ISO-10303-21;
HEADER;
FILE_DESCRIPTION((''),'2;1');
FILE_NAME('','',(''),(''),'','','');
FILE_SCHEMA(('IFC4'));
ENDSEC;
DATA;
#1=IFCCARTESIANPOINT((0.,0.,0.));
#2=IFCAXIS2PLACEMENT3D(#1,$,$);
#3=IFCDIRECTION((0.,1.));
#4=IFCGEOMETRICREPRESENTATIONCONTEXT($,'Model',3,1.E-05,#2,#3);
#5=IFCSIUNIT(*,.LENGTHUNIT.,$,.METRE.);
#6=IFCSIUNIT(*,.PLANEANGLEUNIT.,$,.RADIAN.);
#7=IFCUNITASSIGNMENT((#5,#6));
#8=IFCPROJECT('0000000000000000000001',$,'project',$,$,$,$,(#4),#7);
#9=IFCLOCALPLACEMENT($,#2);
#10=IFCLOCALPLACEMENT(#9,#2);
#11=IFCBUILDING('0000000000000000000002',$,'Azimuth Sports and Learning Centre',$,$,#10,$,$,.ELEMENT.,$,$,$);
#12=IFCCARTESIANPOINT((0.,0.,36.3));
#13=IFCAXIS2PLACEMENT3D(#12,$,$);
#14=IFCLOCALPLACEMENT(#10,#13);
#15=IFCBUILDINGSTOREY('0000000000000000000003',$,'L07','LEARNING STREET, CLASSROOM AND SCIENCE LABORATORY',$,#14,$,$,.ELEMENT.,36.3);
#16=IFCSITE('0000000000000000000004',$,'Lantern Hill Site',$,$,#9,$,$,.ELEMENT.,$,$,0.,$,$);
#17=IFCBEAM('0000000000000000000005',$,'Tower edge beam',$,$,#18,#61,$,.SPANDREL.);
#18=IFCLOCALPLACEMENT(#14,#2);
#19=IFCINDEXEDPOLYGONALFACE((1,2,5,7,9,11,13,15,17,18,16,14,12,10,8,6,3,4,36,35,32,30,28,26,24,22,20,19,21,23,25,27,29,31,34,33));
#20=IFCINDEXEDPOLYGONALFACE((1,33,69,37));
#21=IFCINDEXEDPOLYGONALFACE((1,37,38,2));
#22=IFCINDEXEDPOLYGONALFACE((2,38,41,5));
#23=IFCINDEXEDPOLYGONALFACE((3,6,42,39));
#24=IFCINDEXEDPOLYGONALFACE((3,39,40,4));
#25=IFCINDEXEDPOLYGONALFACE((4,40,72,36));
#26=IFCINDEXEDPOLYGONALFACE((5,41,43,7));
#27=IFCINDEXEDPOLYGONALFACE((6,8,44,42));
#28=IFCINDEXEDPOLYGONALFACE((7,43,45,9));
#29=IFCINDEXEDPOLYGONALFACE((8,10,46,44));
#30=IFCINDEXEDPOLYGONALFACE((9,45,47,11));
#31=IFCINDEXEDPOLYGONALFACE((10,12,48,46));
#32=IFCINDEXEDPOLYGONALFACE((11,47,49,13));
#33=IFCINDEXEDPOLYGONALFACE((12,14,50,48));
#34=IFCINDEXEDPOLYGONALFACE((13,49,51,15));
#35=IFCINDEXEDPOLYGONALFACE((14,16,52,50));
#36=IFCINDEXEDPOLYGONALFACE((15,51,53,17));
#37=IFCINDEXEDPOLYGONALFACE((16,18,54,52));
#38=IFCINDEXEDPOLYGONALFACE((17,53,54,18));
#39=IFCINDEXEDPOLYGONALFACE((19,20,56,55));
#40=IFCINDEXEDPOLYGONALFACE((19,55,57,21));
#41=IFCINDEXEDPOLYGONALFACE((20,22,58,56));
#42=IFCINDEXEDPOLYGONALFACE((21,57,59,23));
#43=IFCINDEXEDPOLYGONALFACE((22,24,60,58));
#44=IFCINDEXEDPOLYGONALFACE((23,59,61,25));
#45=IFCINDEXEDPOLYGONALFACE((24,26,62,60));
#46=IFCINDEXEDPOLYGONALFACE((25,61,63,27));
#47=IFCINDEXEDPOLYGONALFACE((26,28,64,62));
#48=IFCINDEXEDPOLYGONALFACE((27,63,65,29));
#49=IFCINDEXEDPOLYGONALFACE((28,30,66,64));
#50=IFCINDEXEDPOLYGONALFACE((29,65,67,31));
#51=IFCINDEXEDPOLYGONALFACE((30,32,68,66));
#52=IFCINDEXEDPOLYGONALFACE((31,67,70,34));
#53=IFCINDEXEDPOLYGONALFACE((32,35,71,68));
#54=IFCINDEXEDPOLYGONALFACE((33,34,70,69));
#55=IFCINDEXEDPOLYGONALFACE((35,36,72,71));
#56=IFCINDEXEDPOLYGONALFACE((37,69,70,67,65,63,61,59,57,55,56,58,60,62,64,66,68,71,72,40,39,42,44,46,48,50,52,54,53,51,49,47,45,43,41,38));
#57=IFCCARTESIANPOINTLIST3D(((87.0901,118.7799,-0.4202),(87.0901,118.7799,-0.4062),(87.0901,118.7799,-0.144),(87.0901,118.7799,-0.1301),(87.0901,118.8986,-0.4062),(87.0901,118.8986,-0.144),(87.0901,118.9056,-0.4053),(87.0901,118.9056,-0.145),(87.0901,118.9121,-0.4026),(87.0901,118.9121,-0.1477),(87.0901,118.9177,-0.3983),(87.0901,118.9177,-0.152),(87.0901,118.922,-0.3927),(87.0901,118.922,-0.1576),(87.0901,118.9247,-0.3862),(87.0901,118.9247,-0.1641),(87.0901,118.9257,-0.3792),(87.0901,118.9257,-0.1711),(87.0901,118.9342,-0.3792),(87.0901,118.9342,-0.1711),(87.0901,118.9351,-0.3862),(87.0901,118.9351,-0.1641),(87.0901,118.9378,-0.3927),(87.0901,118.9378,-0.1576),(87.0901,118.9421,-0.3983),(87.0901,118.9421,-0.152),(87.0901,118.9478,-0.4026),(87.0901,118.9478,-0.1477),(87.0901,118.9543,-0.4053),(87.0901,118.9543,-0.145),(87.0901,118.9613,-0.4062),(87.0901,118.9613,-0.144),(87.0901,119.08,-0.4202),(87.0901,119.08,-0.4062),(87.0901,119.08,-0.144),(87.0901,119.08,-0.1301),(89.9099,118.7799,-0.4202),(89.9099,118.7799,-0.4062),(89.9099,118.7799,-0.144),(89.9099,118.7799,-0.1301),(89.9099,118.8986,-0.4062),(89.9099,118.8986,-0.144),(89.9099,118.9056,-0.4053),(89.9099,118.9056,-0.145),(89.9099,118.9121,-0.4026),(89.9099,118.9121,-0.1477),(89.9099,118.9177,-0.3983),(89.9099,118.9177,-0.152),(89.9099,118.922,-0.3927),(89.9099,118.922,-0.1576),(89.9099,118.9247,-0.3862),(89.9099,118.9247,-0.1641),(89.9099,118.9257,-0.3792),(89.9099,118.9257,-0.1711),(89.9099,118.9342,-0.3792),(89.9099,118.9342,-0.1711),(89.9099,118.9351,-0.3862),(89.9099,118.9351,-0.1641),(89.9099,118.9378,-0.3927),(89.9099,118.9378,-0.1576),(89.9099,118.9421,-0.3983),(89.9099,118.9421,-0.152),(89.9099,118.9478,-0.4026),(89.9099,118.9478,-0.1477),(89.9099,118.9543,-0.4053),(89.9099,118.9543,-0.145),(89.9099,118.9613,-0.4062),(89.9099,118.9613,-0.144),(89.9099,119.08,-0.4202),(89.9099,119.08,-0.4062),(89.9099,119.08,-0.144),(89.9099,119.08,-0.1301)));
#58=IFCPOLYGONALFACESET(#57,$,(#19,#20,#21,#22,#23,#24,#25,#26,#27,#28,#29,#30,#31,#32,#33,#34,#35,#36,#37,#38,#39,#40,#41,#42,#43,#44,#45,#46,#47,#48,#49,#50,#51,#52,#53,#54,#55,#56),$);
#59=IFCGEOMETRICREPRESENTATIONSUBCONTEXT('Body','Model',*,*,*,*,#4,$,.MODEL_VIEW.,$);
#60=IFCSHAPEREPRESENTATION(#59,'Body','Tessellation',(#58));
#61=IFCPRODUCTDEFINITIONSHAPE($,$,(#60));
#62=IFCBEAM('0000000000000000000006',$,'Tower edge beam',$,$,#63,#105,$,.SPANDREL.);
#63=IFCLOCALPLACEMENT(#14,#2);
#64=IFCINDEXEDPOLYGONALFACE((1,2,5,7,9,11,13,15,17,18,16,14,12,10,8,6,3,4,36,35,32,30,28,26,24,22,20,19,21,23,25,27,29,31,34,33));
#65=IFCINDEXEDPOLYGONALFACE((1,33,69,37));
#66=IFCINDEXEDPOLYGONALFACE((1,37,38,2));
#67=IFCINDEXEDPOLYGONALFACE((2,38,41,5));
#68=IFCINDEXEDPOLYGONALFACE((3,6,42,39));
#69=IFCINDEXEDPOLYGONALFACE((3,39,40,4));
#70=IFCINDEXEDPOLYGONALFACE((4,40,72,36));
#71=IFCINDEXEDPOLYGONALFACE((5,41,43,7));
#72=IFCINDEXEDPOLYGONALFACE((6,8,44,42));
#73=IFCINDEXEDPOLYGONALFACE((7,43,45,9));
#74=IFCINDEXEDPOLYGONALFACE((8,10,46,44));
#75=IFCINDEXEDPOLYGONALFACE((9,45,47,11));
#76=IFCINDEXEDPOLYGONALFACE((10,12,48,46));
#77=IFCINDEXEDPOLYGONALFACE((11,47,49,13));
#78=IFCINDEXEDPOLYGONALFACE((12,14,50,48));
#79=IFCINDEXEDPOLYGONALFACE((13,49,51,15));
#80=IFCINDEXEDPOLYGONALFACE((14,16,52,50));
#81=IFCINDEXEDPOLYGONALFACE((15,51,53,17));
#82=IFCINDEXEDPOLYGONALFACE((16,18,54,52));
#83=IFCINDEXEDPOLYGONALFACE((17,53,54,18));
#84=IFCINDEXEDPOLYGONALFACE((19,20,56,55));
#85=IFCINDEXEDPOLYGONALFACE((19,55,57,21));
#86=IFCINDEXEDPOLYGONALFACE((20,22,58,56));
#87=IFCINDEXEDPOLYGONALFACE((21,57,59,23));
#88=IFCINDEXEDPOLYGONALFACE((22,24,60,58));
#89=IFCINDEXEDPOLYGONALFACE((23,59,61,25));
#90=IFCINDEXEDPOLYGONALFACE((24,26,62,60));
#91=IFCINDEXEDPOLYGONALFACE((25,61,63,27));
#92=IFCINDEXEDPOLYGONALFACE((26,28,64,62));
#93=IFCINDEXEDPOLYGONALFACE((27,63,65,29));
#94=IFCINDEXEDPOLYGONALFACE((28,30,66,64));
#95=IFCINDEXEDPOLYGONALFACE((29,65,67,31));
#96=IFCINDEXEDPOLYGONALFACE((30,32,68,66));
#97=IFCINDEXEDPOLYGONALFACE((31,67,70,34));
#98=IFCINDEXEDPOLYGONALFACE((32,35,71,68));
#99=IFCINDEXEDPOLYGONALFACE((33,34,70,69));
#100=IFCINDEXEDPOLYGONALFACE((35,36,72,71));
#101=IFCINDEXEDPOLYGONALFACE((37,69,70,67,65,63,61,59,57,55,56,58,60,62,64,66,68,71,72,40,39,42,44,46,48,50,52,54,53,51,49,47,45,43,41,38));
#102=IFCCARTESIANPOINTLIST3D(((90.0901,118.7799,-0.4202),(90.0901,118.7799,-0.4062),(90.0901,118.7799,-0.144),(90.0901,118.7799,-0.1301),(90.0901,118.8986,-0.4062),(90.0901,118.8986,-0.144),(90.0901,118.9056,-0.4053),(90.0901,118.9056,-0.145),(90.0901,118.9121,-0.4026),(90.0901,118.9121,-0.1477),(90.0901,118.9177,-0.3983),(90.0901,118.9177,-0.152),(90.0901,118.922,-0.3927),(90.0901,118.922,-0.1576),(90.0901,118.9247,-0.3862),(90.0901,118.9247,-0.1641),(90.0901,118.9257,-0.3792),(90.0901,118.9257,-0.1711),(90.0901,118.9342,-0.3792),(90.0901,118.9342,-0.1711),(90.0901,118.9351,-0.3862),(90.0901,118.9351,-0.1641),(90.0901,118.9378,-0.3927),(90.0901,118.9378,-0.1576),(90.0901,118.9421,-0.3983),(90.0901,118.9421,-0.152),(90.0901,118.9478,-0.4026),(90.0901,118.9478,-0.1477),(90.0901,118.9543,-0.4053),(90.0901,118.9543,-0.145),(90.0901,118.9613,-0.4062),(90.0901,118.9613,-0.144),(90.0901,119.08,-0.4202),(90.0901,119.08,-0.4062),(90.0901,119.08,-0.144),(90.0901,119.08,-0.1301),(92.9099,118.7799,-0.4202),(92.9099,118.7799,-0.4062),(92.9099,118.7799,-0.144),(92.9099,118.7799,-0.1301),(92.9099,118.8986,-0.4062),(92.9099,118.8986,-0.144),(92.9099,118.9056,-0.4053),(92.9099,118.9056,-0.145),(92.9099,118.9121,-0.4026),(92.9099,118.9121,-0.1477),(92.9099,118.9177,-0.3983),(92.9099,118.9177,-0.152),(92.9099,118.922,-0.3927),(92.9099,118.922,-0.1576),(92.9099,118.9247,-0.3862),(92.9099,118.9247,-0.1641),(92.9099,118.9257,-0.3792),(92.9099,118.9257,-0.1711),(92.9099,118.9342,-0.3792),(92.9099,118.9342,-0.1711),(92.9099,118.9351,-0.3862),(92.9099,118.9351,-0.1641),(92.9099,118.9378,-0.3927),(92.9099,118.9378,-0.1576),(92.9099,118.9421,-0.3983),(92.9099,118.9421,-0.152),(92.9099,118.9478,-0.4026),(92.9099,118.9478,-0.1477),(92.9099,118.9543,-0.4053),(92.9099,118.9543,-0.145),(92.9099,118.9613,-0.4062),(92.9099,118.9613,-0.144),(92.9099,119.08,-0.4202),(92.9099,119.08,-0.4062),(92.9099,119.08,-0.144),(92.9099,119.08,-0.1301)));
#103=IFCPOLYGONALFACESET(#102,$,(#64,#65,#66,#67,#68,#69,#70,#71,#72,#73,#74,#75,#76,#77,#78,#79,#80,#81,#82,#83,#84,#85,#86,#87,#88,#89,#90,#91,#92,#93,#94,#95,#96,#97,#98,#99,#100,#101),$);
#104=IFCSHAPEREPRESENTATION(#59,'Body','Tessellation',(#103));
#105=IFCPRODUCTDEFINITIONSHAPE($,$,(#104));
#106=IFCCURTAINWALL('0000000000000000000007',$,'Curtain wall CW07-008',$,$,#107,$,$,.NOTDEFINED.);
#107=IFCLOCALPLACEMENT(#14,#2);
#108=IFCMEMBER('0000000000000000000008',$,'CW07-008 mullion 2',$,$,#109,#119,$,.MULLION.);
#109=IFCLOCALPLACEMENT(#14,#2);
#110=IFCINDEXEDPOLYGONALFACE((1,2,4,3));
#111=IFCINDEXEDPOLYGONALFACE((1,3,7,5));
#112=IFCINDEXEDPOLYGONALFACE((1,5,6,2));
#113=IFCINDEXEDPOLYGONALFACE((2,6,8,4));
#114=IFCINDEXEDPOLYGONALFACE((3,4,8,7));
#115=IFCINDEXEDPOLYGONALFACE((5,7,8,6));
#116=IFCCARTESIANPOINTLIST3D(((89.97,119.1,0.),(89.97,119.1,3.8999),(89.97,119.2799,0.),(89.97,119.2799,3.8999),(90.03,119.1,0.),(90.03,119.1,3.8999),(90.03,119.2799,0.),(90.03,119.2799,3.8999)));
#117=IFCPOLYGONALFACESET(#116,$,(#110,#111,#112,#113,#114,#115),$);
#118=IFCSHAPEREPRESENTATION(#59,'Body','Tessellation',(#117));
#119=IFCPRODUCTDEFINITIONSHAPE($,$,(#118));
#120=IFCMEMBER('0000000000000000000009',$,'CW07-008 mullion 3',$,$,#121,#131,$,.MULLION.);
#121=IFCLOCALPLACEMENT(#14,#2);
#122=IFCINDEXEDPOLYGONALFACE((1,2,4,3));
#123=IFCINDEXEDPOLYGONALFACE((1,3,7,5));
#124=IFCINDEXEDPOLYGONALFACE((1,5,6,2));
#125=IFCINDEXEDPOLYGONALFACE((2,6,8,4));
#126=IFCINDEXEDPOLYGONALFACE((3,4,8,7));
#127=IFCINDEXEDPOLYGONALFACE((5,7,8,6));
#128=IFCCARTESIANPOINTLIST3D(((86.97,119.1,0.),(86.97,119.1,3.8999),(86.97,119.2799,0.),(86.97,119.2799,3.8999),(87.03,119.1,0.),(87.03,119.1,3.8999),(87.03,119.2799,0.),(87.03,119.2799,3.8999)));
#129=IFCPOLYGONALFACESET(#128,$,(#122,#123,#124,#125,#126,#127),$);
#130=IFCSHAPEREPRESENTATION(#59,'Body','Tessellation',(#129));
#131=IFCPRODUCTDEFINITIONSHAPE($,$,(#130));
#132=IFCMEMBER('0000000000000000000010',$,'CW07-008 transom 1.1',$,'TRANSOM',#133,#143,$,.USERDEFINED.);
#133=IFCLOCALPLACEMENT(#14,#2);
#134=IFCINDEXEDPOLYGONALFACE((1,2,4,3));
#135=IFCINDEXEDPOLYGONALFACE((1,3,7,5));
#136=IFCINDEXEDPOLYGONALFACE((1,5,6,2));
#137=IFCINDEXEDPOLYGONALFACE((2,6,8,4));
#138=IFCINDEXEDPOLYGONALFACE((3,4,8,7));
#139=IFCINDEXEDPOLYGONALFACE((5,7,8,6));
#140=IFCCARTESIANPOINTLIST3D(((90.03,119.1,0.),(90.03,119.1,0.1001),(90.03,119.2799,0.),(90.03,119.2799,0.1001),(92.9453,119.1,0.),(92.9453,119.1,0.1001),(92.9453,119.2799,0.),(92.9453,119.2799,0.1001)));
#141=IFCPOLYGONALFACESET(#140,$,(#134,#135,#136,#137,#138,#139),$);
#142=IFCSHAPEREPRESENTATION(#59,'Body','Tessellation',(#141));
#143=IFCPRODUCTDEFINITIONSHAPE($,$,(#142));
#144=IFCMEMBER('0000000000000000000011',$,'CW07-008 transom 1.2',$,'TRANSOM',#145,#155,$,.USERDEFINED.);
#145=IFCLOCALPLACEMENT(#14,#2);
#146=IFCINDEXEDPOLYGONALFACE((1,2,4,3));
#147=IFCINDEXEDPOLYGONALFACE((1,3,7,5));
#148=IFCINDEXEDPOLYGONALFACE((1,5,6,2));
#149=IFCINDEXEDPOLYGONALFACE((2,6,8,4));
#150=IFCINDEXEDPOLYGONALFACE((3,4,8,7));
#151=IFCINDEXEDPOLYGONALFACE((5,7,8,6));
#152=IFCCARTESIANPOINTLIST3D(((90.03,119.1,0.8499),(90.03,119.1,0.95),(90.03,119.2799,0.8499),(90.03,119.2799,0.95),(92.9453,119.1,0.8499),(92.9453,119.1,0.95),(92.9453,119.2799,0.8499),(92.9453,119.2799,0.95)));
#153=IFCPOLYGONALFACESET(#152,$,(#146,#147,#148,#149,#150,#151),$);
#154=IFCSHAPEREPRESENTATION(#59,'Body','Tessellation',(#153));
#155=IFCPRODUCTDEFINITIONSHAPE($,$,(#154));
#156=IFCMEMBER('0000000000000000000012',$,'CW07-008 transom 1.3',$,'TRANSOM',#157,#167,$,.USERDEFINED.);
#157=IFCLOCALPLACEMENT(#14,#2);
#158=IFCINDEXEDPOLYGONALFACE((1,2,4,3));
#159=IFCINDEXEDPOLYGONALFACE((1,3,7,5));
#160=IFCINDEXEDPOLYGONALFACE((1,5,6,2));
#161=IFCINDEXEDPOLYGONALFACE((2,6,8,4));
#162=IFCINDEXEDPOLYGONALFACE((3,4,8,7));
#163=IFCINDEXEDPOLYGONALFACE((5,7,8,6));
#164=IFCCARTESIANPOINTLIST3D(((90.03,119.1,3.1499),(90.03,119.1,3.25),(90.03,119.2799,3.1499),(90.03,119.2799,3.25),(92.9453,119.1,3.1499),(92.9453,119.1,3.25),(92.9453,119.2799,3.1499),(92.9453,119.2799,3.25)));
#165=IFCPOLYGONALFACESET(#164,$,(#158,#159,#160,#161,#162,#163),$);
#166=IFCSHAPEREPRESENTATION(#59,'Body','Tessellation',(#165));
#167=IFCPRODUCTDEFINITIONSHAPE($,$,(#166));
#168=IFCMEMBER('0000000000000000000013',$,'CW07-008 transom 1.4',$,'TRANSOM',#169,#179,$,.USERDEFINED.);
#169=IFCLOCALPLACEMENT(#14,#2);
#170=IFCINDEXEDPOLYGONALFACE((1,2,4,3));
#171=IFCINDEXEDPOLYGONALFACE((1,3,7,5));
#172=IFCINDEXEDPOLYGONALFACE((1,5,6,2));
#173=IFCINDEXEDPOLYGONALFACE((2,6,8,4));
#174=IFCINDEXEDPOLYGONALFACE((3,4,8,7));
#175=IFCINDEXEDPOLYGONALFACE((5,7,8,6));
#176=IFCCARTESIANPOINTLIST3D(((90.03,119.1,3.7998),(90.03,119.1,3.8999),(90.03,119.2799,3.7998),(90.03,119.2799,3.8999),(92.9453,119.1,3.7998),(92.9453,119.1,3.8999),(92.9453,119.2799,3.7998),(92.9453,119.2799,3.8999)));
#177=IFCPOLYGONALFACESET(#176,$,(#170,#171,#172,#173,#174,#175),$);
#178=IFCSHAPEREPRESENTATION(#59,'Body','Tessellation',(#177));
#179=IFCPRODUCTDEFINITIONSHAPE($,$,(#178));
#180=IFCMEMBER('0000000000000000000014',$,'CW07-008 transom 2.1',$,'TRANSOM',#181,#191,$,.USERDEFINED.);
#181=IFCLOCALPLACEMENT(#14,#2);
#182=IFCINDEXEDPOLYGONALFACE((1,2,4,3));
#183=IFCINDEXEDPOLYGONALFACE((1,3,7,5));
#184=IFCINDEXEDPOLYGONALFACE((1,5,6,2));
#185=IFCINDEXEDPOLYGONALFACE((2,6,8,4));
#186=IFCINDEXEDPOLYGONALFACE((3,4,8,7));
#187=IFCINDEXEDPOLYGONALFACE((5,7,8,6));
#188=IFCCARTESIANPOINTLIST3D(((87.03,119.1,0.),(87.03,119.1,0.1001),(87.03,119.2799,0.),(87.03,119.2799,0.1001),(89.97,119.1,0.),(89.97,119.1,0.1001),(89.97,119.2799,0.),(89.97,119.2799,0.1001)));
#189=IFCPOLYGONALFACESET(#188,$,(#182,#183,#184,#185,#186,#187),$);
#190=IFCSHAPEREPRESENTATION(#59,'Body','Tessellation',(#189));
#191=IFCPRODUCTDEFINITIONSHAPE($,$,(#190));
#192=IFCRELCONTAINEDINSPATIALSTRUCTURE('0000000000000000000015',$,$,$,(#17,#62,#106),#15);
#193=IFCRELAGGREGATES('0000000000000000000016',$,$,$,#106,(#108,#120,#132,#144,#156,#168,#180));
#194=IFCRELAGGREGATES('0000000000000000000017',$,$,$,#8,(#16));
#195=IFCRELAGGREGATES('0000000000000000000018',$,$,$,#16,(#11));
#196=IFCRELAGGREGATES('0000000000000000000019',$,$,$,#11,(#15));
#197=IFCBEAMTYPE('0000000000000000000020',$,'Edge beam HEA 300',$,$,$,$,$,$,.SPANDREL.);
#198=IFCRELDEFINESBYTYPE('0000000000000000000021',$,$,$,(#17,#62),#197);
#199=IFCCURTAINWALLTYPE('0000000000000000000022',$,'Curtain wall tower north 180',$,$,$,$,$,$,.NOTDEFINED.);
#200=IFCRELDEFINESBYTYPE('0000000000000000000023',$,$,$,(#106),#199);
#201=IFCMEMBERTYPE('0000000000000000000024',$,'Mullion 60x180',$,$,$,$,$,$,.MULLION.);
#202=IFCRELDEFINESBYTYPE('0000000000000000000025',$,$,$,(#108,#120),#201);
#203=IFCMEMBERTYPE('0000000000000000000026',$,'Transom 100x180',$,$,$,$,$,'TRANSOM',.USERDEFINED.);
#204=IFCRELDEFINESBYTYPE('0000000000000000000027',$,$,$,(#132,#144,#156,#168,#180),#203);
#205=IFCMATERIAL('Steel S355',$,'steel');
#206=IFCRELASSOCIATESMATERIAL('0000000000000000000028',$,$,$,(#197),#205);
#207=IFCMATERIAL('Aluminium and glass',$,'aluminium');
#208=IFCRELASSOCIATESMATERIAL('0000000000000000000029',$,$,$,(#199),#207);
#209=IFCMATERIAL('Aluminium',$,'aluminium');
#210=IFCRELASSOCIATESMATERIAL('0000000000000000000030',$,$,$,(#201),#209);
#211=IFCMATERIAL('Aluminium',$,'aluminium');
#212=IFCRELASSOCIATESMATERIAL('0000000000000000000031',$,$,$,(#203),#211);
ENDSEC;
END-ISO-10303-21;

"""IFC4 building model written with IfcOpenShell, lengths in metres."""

from ifc_helpers import new_model, si_unit, direction, frame, origin, origin_2d, place, context, subcontext, project, spatial, rectangle, i_section, extrude, material, material_profile, profile_set, type_object, element, aggregate, save


model = new_model("IFC4")

# Units and contexts
model_context = context("Model", 3, precision=1e-05, world=origin(), true_north=direction((0.0, 1.0)))
body_context = subcontext(model_context, "Body", "Model", "MODEL_VIEW")
ifc_project = project(units=[si_unit("LENGTHUNIT", "METRE"), si_unit("PLANEANGLEUNIT", "RADIAN")], contexts=[model_context])

# Site, building, storey
site_placement = place(None, origin())
site = spatial("IfcSite", under=ifc_project, at=site_placement, Name="Lantern Hill Site", CompositionType="ELEMENT", RefElevation=0.0)
building_placement = place(site_placement, origin())
building = spatial("IfcBuilding", under=site, at=building_placement, Name="Azimuth Sports and Learning Centre", CompositionType="ELEMENT")
storey_placement = place(building_placement, frame((0.0, 0.0, 36.3)))
storey = spatial("IfcBuildingStorey", under=building, at=storey_placement, Name="L07", Description="LEARNING STREET, CLASSROOM AND SCIENCE LABORATORY", CompositionType="ELEMENT", Elevation=36.3)

# Beams
ifc_material_1 = material(Name="Steel S355", Category="steel")
ifc_material_profile_1 = material_profile(ifc_material_1, i_section(OverallWidth=0.3, OverallDepth=0.29, WebThickness=0.0085, FlangeThickness=0.0139, FilletRadius=0.0271, at=origin_2d()), Name="HEA 300")
ifc_profile_set_1 = profile_set([ifc_material_profile_1], Name="Steel S355")
beam_type = type_object("IfcBeamType", Name="Edge beam HEA 300", PredefinedType="SPANDREL", material=ifc_profile_set_1)
for number, where, z_axis, x_axis, name in (
    (1, (87.0901, 118.9299, -0.2751), (1.0, 0.0, 0.0), (0.0, 1.0, 0.0), "Tower edge beam"),
    (2, (90.0901, 118.9299, -0.2751), (1.0, 0.0, 0.0), (0.0, 1.0, 0.0), "Tower edge beam"),
):
    element("IfcBeam", number, at=place(storey_placement, frame(where, z_axis=z_axis, x_axis=x_axis)), inside=storey, type_object=beam_type, Name=name, PredefinedType="SPANDREL", context=body_context, shape_type="SweptSolid", body=[
        extrude(i_section(OverallWidth=0.3, OverallDepth=0.29, WebThickness=0.0085, FlangeThickness=0.0139, FilletRadius=0.0271, at=origin_2d()), origin(), (0.0, 0.0, 1.0), 2.8198),
    ])

# Curtain wall, members
ifc_material_2 = material(Name="Aluminium and glass", Category="aluminium")
curtain_wall_type = type_object("IfcCurtainWallType", Name="Curtain wall tower north 180", PredefinedType="NOTDEFINED", material=ifc_material_2)
curtain_wall_placement = place(storey_placement, origin())
curtain_wall = element("IfcCurtainWall", 3, at=curtain_wall_placement, inside=storey, type_object=curtain_wall_type, Name="Curtain wall CW07-008", PredefinedType="NOTDEFINED")
ifc_material_3 = material(Name="Aluminium", Category="aluminium")
ifc_material_profile_2 = material_profile(ifc_material_3, rectangle(XDim=0.1799, YDim=0.0601, at=origin_2d()), Name="Mullion 60x180")
ifc_profile_set_2 = profile_set([ifc_material_profile_2], Name="Aluminium")
member_type_1 = type_object("IfcMemberType", Name="Mullion 60x180", PredefinedType="MULLION", material=ifc_profile_set_2)
member_1_placement = place(storey_placement, frame((90.0, 119.1899, 0.0), z_axis=(0.0, 0.0, 1.0), x_axis=(0.0, -1.0, 0.0)))
member_1 = element("IfcMember", 4, at=member_1_placement, type_object=member_type_1, Name="CW07-008 mullion 2", PredefinedType="MULLION", context=body_context, shape_type="SweptSolid", body=[
    extrude(rectangle(XDim=0.1799, YDim=0.0601, at=origin_2d()), origin(), (0.0, 0.0, 1.0), 3.8999),
])
member_2_placement = place(storey_placement, frame((87.0, 119.1899, 0.0), z_axis=(0.0, 0.0, 1.0), x_axis=(0.0, -1.0, 0.0)))
member_2 = element("IfcMember", 5, at=member_2_placement, type_object=member_type_1, Name="CW07-008 mullion 3", PredefinedType="MULLION", context=body_context, shape_type="SweptSolid", body=[
    extrude(rectangle(XDim=0.1799, YDim=0.0601, at=origin_2d()), origin(), (0.0, 0.0, 1.0), 3.8999),
])
ifc_material_4 = material(Name="Aluminium", Category="aluminium")
ifc_material_profile_3 = material_profile(ifc_material_4, rectangle(XDim=0.1799, YDim=0.1001, at=origin_2d()), Name="Transom 100x180")
ifc_profile_set_3 = profile_set([ifc_material_profile_3], Name="Aluminium")
member_type_2 = type_object("IfcMemberType", Name="Transom 100x180", ElementType="TRANSOM", PredefinedType="USERDEFINED", material=ifc_profile_set_3)
member_3_placement = place(storey_placement, frame((92.9453, 119.1899, 0.05), z_axis=(-1.0, 0.0, 0.0), x_axis=(0.0, -1.0, 0.0)))
member_3 = element("IfcMember", 6, at=member_3_placement, type_object=member_type_2, Name="CW07-008 transom 1.1", ObjectType="TRANSOM", PredefinedType="USERDEFINED", context=body_context, shape_type="SweptSolid", body=[
    extrude(rectangle(XDim=0.1799, YDim=0.1001, at=origin_2d()), origin(), (0.0, 0.0, 1.0), 2.9153),
])
member_4_placement = place(storey_placement, frame((92.9453, 119.1899, 0.8999), z_axis=(-1.0, 0.0, 0.0), x_axis=(0.0, -1.0, 0.0)))
member_4 = element("IfcMember", 7, at=member_4_placement, type_object=member_type_2, Name="CW07-008 transom 1.2", ObjectType="TRANSOM", PredefinedType="USERDEFINED", context=body_context, shape_type="SweptSolid", body=[
    extrude(rectangle(XDim=0.1799, YDim=0.1001, at=origin_2d()), origin(), (0.0, 0.0, 1.0), 2.9153),
])
member_5_placement = place(storey_placement, frame((92.9453, 119.1899, 3.2), z_axis=(-1.0, 0.0, 0.0), x_axis=(0.0, -1.0, 0.0)))
member_5 = element("IfcMember", 8, at=member_5_placement, type_object=member_type_2, Name="CW07-008 transom 1.3", ObjectType="TRANSOM", PredefinedType="USERDEFINED", context=body_context, shape_type="SweptSolid", body=[
    extrude(rectangle(XDim=0.1799, YDim=0.1001, at=origin_2d()), origin(), (0.0, 0.0, 1.0), 2.9153),
])
member_6_placement = place(storey_placement, frame((92.9453, 119.1899, 3.8499), z_axis=(-1.0, 0.0, 0.0), x_axis=(0.0, -1.0, 0.0)))
member_6 = element("IfcMember", 9, at=member_6_placement, type_object=member_type_2, Name="CW07-008 transom 1.4", ObjectType="TRANSOM", PredefinedType="USERDEFINED", context=body_context, shape_type="SweptSolid", body=[
    extrude(rectangle(XDim=0.1799, YDim=0.1001, at=origin_2d()), origin(), (0.0, 0.0, 1.0), 2.9153),
])
member_7_placement = place(storey_placement, frame((89.97, 119.1899, 0.05), z_axis=(-1.0, 0.0, 0.0), x_axis=(0.0, -1.0, 0.0)))
member_7 = element("IfcMember", 10, at=member_7_placement, type_object=member_type_2, Name="CW07-008 transom 2.1", ObjectType="TRANSOM", PredefinedType="USERDEFINED", context=body_context, shape_type="SweptSolid", body=[
    extrude(rectangle(XDim=0.1799, YDim=0.1001, at=origin_2d()), origin(), (0.0, 0.0, 1.0), 2.9399),
])
aggregate(curtain_wall, [member_1, member_2, member_3, member_4, member_5, member_6, member_7])

save(model, "model.ifc")
